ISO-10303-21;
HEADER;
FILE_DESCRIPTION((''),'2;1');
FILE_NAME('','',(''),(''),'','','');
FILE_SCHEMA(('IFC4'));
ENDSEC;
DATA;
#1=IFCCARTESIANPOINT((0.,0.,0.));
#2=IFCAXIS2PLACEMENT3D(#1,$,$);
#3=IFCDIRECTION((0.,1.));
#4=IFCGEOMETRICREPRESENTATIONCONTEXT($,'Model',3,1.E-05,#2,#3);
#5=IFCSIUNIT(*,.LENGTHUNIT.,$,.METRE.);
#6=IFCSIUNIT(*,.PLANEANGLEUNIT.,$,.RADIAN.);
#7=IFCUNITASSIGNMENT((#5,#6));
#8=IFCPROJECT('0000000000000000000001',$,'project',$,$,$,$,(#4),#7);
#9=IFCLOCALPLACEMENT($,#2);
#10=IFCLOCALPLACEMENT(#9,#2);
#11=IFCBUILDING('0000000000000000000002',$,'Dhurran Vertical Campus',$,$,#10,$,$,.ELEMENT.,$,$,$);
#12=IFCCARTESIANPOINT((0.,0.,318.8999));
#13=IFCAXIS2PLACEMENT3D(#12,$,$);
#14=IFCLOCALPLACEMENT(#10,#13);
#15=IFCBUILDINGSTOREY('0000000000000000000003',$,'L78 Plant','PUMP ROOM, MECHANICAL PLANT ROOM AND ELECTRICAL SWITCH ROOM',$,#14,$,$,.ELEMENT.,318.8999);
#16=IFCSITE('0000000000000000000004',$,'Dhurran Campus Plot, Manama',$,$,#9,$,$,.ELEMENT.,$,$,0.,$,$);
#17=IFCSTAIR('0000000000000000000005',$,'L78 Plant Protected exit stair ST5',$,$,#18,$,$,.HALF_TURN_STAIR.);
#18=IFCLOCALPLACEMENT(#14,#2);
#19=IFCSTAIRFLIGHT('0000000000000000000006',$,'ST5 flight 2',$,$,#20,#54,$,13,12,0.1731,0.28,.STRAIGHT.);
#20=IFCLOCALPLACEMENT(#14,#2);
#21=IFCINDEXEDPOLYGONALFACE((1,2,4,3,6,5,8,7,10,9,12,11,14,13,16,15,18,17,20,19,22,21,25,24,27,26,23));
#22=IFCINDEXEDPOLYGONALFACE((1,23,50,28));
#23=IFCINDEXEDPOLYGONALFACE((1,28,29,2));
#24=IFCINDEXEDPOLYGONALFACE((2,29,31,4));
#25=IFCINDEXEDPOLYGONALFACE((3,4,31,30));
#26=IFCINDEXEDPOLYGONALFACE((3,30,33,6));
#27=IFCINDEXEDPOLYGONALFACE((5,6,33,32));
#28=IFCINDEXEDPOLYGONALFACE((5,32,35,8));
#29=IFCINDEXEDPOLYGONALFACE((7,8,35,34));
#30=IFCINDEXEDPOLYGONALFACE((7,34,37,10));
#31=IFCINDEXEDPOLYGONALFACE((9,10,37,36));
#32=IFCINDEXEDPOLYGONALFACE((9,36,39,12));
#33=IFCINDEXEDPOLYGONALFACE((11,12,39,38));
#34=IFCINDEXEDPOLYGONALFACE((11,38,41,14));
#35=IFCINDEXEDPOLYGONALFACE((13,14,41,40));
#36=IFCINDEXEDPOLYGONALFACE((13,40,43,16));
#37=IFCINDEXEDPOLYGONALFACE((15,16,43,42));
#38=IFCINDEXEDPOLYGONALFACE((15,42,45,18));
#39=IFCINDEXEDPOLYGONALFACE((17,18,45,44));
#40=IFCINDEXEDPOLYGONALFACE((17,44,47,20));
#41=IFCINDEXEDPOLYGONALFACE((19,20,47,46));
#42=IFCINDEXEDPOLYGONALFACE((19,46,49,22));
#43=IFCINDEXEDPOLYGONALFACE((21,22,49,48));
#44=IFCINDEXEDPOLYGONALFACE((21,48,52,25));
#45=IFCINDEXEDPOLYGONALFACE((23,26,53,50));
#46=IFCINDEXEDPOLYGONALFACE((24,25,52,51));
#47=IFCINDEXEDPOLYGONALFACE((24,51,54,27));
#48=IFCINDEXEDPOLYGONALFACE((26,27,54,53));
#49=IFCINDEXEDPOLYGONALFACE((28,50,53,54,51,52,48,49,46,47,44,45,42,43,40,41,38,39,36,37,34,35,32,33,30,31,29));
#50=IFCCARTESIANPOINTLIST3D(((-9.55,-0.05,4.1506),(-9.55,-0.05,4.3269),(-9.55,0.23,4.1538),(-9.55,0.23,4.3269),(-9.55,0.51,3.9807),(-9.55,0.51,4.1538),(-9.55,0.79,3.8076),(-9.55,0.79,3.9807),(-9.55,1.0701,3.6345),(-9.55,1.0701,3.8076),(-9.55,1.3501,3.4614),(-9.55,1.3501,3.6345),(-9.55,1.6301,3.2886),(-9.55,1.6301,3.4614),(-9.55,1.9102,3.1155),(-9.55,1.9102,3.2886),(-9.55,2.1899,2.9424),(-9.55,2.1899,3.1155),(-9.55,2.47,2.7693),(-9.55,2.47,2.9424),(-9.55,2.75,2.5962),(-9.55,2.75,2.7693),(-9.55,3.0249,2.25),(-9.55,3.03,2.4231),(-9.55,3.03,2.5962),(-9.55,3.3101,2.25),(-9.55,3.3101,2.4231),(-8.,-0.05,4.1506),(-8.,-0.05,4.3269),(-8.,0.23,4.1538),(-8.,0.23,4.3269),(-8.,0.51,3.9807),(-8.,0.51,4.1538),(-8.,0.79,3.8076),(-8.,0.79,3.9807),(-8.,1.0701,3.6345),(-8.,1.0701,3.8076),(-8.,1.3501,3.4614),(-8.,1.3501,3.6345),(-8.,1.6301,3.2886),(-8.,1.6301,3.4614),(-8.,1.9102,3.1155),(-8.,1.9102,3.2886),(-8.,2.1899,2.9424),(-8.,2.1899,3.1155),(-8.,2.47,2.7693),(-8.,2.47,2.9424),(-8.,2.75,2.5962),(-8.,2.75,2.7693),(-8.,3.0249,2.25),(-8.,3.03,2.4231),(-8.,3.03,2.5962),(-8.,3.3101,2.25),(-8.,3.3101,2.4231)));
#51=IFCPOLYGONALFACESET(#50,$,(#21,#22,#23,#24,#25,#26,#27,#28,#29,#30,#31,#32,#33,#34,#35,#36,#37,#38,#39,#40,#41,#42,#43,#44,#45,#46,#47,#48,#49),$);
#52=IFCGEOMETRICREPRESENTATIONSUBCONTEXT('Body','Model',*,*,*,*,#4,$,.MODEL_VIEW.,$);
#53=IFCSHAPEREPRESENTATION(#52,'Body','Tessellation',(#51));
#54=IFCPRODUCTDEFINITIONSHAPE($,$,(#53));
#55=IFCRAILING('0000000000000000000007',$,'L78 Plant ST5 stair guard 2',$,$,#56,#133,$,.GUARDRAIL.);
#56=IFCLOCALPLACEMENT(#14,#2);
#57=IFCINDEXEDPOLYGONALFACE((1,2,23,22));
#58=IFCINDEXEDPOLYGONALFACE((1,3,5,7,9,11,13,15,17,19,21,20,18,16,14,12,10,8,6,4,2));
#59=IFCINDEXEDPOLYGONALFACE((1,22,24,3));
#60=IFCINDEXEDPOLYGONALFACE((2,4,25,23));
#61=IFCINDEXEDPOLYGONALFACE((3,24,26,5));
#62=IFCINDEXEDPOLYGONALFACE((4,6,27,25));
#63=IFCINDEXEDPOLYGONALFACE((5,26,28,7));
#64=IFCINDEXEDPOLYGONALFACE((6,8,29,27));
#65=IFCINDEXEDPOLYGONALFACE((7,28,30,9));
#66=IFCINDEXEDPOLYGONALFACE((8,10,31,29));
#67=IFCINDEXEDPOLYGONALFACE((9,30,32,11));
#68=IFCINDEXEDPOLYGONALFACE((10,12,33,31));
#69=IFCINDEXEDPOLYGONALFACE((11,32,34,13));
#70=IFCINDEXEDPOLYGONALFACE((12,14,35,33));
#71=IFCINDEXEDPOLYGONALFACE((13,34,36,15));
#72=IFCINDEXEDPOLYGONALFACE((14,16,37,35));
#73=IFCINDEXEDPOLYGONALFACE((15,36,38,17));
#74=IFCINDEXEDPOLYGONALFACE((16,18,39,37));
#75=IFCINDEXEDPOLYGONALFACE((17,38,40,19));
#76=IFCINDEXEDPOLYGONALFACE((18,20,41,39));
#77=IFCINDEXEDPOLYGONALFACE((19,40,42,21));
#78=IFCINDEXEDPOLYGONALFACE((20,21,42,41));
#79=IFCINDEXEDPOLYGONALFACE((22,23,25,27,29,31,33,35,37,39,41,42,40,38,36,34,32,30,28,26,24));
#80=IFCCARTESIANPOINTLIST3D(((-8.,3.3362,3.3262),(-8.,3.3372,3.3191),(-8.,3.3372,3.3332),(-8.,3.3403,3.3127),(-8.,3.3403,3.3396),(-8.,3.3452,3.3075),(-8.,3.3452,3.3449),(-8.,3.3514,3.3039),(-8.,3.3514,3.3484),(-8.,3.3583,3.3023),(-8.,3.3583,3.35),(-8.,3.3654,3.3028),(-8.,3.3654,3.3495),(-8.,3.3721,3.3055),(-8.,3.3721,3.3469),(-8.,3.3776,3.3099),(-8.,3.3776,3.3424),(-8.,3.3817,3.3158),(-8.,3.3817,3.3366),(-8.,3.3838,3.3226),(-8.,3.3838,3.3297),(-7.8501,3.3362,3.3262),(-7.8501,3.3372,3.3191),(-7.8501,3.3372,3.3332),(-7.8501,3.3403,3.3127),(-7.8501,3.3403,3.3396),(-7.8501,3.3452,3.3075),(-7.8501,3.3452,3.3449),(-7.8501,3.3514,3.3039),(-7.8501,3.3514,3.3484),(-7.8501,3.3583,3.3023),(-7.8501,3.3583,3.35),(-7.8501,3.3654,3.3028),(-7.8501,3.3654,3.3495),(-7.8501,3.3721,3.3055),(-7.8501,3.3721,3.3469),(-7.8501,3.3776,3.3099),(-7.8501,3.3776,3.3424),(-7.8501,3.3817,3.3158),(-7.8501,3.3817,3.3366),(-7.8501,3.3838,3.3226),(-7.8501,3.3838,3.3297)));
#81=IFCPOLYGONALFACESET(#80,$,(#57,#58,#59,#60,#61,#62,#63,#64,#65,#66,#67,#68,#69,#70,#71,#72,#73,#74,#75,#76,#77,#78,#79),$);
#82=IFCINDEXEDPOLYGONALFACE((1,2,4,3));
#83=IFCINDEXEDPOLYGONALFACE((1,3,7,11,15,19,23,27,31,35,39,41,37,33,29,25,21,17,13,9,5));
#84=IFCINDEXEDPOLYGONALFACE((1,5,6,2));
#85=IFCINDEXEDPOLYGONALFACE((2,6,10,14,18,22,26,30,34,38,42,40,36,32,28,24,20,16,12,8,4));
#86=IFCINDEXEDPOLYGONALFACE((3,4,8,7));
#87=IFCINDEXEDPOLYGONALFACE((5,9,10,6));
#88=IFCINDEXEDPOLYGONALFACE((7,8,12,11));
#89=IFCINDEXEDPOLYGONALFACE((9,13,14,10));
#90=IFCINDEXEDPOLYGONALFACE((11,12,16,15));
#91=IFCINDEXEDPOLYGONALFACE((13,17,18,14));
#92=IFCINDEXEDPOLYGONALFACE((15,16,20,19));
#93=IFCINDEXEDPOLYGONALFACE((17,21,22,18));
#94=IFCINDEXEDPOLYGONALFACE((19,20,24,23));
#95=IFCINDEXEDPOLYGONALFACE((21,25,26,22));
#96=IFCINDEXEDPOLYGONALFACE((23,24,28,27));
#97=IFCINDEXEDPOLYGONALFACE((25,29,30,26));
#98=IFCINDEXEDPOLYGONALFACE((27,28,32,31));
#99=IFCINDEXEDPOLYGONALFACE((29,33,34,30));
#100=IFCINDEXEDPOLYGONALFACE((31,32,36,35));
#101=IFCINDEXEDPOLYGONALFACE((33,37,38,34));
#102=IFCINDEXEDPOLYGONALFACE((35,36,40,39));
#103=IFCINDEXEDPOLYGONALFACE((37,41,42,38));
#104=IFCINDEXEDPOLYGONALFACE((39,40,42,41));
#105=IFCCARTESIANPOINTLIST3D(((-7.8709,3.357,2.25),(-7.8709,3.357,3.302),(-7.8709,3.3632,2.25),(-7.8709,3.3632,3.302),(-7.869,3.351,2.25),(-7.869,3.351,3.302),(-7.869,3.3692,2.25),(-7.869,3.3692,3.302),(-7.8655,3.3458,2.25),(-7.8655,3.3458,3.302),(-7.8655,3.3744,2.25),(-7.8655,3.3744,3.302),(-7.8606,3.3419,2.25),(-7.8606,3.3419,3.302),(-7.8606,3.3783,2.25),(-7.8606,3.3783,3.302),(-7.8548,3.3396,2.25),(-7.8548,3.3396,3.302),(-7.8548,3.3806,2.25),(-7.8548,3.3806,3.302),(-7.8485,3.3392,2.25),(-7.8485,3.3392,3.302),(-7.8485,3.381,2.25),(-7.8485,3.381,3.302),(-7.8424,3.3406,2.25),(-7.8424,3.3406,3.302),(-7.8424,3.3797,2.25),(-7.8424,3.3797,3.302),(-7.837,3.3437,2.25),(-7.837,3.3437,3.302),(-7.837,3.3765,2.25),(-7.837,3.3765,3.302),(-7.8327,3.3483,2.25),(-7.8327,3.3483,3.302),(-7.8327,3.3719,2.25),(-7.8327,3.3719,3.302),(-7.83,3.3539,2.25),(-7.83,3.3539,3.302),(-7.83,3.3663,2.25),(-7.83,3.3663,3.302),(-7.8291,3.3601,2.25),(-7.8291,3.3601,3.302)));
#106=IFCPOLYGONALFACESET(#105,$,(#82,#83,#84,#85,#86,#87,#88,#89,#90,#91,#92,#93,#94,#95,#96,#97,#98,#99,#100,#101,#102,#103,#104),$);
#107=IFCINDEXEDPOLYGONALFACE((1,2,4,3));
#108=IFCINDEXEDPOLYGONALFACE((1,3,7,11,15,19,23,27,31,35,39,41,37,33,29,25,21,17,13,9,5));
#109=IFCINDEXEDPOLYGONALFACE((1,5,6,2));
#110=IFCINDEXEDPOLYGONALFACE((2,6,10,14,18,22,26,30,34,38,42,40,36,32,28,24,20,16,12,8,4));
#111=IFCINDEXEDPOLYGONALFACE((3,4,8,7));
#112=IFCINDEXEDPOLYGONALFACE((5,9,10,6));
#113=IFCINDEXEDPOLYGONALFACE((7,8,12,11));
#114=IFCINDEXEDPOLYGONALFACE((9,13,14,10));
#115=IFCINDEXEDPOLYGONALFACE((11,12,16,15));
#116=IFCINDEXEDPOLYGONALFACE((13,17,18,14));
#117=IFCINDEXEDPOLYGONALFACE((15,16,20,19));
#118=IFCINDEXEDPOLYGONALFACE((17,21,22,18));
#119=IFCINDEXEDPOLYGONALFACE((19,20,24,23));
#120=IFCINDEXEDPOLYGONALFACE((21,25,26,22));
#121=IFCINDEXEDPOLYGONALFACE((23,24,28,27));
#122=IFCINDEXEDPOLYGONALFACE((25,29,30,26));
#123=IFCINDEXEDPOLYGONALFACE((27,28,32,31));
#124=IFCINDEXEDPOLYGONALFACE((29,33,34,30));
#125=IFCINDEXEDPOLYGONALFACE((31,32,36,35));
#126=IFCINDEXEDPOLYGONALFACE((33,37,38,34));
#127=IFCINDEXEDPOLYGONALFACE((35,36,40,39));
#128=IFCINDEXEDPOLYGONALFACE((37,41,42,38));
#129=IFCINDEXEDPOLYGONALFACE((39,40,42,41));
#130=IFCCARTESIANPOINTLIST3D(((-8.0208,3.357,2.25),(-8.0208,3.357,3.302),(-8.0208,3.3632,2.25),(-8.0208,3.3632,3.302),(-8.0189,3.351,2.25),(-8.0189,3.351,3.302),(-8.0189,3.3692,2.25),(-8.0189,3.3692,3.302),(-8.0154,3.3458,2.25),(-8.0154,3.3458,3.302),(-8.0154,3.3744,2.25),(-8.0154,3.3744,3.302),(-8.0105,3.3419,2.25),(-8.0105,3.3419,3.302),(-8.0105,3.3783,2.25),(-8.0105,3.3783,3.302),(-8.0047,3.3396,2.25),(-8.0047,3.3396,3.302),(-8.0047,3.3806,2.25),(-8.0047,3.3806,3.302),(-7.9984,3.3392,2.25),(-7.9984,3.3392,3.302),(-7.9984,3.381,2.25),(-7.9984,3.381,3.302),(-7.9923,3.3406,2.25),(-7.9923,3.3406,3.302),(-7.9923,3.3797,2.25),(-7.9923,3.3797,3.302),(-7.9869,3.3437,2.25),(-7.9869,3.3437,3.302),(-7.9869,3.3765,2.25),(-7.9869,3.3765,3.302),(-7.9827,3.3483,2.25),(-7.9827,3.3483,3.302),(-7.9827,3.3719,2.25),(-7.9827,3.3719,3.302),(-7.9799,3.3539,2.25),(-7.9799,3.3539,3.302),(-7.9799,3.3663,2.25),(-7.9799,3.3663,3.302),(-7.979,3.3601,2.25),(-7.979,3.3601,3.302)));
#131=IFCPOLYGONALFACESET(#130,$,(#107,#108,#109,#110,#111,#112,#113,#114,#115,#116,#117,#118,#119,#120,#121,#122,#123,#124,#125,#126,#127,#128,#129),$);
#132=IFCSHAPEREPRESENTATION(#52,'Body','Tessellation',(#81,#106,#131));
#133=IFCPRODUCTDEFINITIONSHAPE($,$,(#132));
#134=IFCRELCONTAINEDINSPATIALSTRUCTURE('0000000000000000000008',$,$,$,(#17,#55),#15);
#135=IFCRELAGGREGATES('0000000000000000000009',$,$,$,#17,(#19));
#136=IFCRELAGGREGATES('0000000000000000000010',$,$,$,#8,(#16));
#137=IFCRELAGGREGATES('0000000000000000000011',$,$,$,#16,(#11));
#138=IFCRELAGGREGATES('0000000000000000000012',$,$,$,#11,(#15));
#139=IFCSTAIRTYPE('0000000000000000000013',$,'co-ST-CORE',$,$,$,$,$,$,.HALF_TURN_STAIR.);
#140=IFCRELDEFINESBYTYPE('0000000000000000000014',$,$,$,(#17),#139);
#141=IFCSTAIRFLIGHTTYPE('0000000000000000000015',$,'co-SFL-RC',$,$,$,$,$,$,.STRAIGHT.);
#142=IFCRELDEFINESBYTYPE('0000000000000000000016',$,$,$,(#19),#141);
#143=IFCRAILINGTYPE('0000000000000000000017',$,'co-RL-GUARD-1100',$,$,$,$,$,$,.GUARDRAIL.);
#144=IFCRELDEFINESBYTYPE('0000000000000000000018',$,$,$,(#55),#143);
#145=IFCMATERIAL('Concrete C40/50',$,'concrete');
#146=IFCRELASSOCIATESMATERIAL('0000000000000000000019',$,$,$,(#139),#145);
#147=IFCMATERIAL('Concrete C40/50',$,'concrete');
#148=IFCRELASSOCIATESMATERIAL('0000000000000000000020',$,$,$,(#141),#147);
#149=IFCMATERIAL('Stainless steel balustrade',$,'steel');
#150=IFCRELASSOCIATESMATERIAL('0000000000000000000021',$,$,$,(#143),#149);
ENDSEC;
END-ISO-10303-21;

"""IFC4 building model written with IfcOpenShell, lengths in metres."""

from ifc_helpers import new_model, si_unit, direction, frame, origin, origin_2d, place, context, subcontext, project, spatial, polyline, circle, outline, extrude, material, type_object, element, aggregate, save


model = new_model("IFC4")

# Units and contexts
model_context = context("Model", 3, precision=1e-05, world=origin(), true_north=direction((0.0, 1.0)))
body_context = subcontext(model_context, "Body", "Model", "MODEL_VIEW")
ifc_project = project(units=[si_unit("LENGTHUNIT", "METRE"), si_unit("PLANEANGLEUNIT", "RADIAN")], contexts=[model_context])

# Site, building, storey
site_placement = place(None, origin())
site = spatial("IfcSite", under=ifc_project, at=site_placement, Name="Dhurran Campus Plot, Manama", CompositionType="ELEMENT", RefElevation=0.0)
building_placement = place(site_placement, origin())
building = spatial("IfcBuilding", under=site, at=building_placement, Name="Dhurran Vertical Campus", CompositionType="ELEMENT")
storey_placement = place(building_placement, frame((0.0, 0.0, 318.8999)))
storey = spatial("IfcBuildingStorey", under=building, at=storey_placement, Name="L78 Plant", Description="PUMP ROOM, MECHANICAL PLANT ROOM AND ELECTRICAL SWITCH ROOM", CompositionType="ELEMENT", Elevation=318.8999)

# Stair, stair flight
ifc_material_1 = material(Name="Concrete C40/50", Category="concrete")
stair_type = type_object("IfcStairType", Name="co-ST-CORE", PredefinedType="HALF_TURN_STAIR", material=ifc_material_1)
stair_placement = place(storey_placement, origin())
stair = element("IfcStair", 1, at=stair_placement, inside=storey, type_object=stair_type, Name="L78 Plant Protected exit stair ST5", PredefinedType="HALF_TURN_STAIR")
ifc_material_2 = material(Name="Concrete C40/50", Category="concrete")
stair_flight_type = type_object("IfcStairFlightType", Name="co-SFL-RC", PredefinedType="STRAIGHT", material=ifc_material_2)
stair_flight_placement = place(storey_placement, frame((-8.7749, 3.3101, 2.25), z_axis=(0.0, 0.0, 1.0), x_axis=(0.0, -1.0, 0.0)))
stair_flight = element("IfcStairFlight", 2, at=stair_flight_placement, type_object=stair_flight_type, Name="ST5 flight 2", NumberOfRisers=13, NumberOfTreads=12, PredefinedType="STRAIGHT", RiserHeight=0.1731, TreadLength=0.28, context=body_context, shape_type="SweptSolid", body=[
    extrude(outline(polyline([(0.0, 0.0), (0.0, 0.1731), (0.28, 0.1731), (0.28, 0.3462), (0.5601, 0.3462), (0.5601, 0.5193), (0.8401, 0.5193), (0.8401, 0.6924), (1.1201, 0.6924), (1.1201, 0.8655), (1.3999, 0.8655), (1.3999, 1.0386), (1.6799, 1.0386), (1.6799, 1.2114), (1.96, 1.2114), (1.96, 1.3845), (2.24, 1.3845), (2.24, 1.5576), (2.52, 1.5576), (2.52, 1.7307), (2.8, 1.7307), (2.8, 1.9038), (3.0801, 1.9038), (3.0801, 2.0769), (3.3601, 2.0769), (3.3601, 2.25), (3.3601, 1.9006), (0.2852, 0.0), (0.0, 0.0)])), frame((0.0, 0.7749, 0.0), z_axis=(0.0, -1.0, 0.0), x_axis=(1.0, 0.0, 0.0)), (0.0, 0.0, 1.0), 1.55),
])
aggregate(stair, [stair_flight])

# Railing
ifc_material_3 = material(Name="Stainless steel balustrade", Category="steel")
railing_type_1 = type_object("IfcRailingType", Name="co-RL-GUARD-1100", PredefinedType="GUARDRAIL", material=ifc_material_3)
railing_1_placement = place(storey_placement, frame((-7.8501, 3.3601, 2.25)))
element("IfcRailing", 3, at=railing_1_placement, inside=storey, type_object=railing_type_1, Name="L78 Plant ST5 stair guard 2", PredefinedType="GUARDRAIL", context=body_context, shape_type="SweptSolid", body=[
    extrude(circle(Radius=0.0239, at=origin_2d()), frame((0.0, 0.0, 1.0762), z_axis=(-1.0, 0.0, 0.0), x_axis=(0.0, -1.0, 0.0)), (0.0, 0.0, 1.0), 0.1499),
    extrude(circle(Radius=0.021, at=origin_2d()), origin(), (0.0, 0.0, 1.0), 1.052),
    extrude(circle(Radius=0.021, at=origin_2d()), frame((-0.1499, 0.0, 0.0)), (0.0, 0.0, 1.0), 1.052),
])

save(model, "model.ifc")
